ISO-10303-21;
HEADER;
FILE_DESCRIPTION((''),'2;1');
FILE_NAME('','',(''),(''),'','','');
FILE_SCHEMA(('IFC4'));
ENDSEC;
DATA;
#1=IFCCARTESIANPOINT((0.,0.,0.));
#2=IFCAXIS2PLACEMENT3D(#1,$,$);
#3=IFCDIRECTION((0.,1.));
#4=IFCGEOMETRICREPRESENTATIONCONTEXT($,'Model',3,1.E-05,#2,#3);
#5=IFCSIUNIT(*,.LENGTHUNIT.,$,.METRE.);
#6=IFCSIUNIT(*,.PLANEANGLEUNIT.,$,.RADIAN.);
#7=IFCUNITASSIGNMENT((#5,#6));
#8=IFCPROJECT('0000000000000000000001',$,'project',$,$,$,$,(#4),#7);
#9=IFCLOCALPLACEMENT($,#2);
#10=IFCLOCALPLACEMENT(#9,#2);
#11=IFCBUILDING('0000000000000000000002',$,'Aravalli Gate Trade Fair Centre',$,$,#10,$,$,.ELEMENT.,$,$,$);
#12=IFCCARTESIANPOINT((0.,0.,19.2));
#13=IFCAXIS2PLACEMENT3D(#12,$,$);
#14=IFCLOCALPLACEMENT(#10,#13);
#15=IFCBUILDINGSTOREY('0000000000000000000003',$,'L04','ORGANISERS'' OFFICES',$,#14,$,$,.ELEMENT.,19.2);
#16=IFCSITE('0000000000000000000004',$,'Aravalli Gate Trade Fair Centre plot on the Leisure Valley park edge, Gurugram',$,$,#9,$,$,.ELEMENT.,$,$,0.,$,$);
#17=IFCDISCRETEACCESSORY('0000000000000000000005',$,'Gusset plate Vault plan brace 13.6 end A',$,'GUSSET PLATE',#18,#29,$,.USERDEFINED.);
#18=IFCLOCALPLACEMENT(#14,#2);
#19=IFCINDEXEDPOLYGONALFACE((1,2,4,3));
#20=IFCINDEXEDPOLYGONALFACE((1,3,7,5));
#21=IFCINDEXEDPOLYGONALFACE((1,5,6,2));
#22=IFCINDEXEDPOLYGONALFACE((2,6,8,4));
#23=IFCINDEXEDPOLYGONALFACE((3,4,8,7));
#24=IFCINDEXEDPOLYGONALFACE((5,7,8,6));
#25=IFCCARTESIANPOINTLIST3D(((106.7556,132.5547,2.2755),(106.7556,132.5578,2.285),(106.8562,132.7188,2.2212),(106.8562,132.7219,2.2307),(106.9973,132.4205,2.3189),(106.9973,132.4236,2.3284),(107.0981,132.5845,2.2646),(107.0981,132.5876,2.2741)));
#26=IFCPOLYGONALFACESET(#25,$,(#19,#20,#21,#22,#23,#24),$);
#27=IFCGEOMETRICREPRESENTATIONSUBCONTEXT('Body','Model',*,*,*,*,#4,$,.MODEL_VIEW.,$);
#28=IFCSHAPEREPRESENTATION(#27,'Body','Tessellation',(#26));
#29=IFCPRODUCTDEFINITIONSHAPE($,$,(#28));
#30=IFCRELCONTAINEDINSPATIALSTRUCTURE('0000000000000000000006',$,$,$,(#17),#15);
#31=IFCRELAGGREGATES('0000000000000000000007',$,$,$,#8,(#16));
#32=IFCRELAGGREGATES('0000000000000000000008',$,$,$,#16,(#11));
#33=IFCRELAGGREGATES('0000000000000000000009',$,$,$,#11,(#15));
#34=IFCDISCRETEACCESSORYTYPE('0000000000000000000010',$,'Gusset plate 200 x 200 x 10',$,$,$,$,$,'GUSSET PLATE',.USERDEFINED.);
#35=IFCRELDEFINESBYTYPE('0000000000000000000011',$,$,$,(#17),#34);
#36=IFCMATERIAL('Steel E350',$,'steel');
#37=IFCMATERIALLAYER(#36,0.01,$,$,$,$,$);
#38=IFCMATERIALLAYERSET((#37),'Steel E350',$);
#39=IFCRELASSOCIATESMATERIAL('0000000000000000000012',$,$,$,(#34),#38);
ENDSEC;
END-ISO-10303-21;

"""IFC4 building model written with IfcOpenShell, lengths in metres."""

from ifc_helpers import new_model, si_unit, direction, frame, origin, place, context, subcontext, project, spatial, polyline, outline, extrude, material, layer, layer_set, type_object, element, save


model = new_model("IFC4")

# Units and contexts
model_context = context("Model", 3, precision=1e-05, world=origin(), true_north=direction((0.0, 1.0)))
body_context = subcontext(model_context, "Body", "Model", "MODEL_VIEW")
ifc_project = project(units=[si_unit("LENGTHUNIT", "METRE"), si_unit("PLANEANGLEUNIT", "RADIAN")], contexts=[model_context])

# Site, building, storey
site_placement = place(None, origin())
site = spatial("IfcSite", under=ifc_project, at=site_placement, Name="Aravalli Gate Trade Fair Centre plot on the Leisure Valley park edge, Gurugram", CompositionType="ELEMENT", RefElevation=0.0)
building_placement = place(site_placement, origin())
building = spatial("IfcBuilding", under=site, at=building_placement, Name="Aravalli Gate Trade Fair Centre", CompositionType="ELEMENT")
storey_placement = place(building_placement, frame((0.0, 0.0, 19.2)))
storey = spatial("IfcBuildingStorey", under=building, at=storey_placement, Name="L04", Description="ORGANISERS' OFFICES", CompositionType="ELEMENT", Elevation=19.2)

# Shared definitions
ifc_material_1 = material(Name="Steel E350", Category="steel")

# Discrete accessory
ifc_layer_1 = layer(ifc_material_1, 0.01)
ifc_layer_set_1 = layer_set([ifc_layer_1], Name="Steel E350")
discrete_accessory_type = type_object("IfcDiscreteAccessoryType", Name="Gusset plate 200 x 200 x 10", ElementType="GUSSET PLATE", PredefinedType="USERDEFINED", material=ifc_layer_set_1)
discrete_accessory_1_placement = place(storey_placement, frame((106.9973, 132.4236, 2.3284), z_axis=(0.003294, 0.312495, 0.949914), x_axis=(-0.863674, 0.479688, -0.154809)))
element("IfcDiscreteAccessory", 1, at=discrete_accessory_1_placement, inside=storey, type_object=discrete_accessory_type, Name="Gusset plate Vault plan brace 13.6 end A", ObjectType="GUSSET PLATE", PredefinedType="USERDEFINED", context=body_context, shape_type="SweptSolid", body=[
    extrude(outline(polyline([(0.0, 0.0), (0.2799, 0.0), (0.2801, -0.2), (0.0, -0.2001), (0.0, 0.0)])), origin(), (0.0, 0.0, -1.0), 0.01),
])

save(model, "model.ifc")
